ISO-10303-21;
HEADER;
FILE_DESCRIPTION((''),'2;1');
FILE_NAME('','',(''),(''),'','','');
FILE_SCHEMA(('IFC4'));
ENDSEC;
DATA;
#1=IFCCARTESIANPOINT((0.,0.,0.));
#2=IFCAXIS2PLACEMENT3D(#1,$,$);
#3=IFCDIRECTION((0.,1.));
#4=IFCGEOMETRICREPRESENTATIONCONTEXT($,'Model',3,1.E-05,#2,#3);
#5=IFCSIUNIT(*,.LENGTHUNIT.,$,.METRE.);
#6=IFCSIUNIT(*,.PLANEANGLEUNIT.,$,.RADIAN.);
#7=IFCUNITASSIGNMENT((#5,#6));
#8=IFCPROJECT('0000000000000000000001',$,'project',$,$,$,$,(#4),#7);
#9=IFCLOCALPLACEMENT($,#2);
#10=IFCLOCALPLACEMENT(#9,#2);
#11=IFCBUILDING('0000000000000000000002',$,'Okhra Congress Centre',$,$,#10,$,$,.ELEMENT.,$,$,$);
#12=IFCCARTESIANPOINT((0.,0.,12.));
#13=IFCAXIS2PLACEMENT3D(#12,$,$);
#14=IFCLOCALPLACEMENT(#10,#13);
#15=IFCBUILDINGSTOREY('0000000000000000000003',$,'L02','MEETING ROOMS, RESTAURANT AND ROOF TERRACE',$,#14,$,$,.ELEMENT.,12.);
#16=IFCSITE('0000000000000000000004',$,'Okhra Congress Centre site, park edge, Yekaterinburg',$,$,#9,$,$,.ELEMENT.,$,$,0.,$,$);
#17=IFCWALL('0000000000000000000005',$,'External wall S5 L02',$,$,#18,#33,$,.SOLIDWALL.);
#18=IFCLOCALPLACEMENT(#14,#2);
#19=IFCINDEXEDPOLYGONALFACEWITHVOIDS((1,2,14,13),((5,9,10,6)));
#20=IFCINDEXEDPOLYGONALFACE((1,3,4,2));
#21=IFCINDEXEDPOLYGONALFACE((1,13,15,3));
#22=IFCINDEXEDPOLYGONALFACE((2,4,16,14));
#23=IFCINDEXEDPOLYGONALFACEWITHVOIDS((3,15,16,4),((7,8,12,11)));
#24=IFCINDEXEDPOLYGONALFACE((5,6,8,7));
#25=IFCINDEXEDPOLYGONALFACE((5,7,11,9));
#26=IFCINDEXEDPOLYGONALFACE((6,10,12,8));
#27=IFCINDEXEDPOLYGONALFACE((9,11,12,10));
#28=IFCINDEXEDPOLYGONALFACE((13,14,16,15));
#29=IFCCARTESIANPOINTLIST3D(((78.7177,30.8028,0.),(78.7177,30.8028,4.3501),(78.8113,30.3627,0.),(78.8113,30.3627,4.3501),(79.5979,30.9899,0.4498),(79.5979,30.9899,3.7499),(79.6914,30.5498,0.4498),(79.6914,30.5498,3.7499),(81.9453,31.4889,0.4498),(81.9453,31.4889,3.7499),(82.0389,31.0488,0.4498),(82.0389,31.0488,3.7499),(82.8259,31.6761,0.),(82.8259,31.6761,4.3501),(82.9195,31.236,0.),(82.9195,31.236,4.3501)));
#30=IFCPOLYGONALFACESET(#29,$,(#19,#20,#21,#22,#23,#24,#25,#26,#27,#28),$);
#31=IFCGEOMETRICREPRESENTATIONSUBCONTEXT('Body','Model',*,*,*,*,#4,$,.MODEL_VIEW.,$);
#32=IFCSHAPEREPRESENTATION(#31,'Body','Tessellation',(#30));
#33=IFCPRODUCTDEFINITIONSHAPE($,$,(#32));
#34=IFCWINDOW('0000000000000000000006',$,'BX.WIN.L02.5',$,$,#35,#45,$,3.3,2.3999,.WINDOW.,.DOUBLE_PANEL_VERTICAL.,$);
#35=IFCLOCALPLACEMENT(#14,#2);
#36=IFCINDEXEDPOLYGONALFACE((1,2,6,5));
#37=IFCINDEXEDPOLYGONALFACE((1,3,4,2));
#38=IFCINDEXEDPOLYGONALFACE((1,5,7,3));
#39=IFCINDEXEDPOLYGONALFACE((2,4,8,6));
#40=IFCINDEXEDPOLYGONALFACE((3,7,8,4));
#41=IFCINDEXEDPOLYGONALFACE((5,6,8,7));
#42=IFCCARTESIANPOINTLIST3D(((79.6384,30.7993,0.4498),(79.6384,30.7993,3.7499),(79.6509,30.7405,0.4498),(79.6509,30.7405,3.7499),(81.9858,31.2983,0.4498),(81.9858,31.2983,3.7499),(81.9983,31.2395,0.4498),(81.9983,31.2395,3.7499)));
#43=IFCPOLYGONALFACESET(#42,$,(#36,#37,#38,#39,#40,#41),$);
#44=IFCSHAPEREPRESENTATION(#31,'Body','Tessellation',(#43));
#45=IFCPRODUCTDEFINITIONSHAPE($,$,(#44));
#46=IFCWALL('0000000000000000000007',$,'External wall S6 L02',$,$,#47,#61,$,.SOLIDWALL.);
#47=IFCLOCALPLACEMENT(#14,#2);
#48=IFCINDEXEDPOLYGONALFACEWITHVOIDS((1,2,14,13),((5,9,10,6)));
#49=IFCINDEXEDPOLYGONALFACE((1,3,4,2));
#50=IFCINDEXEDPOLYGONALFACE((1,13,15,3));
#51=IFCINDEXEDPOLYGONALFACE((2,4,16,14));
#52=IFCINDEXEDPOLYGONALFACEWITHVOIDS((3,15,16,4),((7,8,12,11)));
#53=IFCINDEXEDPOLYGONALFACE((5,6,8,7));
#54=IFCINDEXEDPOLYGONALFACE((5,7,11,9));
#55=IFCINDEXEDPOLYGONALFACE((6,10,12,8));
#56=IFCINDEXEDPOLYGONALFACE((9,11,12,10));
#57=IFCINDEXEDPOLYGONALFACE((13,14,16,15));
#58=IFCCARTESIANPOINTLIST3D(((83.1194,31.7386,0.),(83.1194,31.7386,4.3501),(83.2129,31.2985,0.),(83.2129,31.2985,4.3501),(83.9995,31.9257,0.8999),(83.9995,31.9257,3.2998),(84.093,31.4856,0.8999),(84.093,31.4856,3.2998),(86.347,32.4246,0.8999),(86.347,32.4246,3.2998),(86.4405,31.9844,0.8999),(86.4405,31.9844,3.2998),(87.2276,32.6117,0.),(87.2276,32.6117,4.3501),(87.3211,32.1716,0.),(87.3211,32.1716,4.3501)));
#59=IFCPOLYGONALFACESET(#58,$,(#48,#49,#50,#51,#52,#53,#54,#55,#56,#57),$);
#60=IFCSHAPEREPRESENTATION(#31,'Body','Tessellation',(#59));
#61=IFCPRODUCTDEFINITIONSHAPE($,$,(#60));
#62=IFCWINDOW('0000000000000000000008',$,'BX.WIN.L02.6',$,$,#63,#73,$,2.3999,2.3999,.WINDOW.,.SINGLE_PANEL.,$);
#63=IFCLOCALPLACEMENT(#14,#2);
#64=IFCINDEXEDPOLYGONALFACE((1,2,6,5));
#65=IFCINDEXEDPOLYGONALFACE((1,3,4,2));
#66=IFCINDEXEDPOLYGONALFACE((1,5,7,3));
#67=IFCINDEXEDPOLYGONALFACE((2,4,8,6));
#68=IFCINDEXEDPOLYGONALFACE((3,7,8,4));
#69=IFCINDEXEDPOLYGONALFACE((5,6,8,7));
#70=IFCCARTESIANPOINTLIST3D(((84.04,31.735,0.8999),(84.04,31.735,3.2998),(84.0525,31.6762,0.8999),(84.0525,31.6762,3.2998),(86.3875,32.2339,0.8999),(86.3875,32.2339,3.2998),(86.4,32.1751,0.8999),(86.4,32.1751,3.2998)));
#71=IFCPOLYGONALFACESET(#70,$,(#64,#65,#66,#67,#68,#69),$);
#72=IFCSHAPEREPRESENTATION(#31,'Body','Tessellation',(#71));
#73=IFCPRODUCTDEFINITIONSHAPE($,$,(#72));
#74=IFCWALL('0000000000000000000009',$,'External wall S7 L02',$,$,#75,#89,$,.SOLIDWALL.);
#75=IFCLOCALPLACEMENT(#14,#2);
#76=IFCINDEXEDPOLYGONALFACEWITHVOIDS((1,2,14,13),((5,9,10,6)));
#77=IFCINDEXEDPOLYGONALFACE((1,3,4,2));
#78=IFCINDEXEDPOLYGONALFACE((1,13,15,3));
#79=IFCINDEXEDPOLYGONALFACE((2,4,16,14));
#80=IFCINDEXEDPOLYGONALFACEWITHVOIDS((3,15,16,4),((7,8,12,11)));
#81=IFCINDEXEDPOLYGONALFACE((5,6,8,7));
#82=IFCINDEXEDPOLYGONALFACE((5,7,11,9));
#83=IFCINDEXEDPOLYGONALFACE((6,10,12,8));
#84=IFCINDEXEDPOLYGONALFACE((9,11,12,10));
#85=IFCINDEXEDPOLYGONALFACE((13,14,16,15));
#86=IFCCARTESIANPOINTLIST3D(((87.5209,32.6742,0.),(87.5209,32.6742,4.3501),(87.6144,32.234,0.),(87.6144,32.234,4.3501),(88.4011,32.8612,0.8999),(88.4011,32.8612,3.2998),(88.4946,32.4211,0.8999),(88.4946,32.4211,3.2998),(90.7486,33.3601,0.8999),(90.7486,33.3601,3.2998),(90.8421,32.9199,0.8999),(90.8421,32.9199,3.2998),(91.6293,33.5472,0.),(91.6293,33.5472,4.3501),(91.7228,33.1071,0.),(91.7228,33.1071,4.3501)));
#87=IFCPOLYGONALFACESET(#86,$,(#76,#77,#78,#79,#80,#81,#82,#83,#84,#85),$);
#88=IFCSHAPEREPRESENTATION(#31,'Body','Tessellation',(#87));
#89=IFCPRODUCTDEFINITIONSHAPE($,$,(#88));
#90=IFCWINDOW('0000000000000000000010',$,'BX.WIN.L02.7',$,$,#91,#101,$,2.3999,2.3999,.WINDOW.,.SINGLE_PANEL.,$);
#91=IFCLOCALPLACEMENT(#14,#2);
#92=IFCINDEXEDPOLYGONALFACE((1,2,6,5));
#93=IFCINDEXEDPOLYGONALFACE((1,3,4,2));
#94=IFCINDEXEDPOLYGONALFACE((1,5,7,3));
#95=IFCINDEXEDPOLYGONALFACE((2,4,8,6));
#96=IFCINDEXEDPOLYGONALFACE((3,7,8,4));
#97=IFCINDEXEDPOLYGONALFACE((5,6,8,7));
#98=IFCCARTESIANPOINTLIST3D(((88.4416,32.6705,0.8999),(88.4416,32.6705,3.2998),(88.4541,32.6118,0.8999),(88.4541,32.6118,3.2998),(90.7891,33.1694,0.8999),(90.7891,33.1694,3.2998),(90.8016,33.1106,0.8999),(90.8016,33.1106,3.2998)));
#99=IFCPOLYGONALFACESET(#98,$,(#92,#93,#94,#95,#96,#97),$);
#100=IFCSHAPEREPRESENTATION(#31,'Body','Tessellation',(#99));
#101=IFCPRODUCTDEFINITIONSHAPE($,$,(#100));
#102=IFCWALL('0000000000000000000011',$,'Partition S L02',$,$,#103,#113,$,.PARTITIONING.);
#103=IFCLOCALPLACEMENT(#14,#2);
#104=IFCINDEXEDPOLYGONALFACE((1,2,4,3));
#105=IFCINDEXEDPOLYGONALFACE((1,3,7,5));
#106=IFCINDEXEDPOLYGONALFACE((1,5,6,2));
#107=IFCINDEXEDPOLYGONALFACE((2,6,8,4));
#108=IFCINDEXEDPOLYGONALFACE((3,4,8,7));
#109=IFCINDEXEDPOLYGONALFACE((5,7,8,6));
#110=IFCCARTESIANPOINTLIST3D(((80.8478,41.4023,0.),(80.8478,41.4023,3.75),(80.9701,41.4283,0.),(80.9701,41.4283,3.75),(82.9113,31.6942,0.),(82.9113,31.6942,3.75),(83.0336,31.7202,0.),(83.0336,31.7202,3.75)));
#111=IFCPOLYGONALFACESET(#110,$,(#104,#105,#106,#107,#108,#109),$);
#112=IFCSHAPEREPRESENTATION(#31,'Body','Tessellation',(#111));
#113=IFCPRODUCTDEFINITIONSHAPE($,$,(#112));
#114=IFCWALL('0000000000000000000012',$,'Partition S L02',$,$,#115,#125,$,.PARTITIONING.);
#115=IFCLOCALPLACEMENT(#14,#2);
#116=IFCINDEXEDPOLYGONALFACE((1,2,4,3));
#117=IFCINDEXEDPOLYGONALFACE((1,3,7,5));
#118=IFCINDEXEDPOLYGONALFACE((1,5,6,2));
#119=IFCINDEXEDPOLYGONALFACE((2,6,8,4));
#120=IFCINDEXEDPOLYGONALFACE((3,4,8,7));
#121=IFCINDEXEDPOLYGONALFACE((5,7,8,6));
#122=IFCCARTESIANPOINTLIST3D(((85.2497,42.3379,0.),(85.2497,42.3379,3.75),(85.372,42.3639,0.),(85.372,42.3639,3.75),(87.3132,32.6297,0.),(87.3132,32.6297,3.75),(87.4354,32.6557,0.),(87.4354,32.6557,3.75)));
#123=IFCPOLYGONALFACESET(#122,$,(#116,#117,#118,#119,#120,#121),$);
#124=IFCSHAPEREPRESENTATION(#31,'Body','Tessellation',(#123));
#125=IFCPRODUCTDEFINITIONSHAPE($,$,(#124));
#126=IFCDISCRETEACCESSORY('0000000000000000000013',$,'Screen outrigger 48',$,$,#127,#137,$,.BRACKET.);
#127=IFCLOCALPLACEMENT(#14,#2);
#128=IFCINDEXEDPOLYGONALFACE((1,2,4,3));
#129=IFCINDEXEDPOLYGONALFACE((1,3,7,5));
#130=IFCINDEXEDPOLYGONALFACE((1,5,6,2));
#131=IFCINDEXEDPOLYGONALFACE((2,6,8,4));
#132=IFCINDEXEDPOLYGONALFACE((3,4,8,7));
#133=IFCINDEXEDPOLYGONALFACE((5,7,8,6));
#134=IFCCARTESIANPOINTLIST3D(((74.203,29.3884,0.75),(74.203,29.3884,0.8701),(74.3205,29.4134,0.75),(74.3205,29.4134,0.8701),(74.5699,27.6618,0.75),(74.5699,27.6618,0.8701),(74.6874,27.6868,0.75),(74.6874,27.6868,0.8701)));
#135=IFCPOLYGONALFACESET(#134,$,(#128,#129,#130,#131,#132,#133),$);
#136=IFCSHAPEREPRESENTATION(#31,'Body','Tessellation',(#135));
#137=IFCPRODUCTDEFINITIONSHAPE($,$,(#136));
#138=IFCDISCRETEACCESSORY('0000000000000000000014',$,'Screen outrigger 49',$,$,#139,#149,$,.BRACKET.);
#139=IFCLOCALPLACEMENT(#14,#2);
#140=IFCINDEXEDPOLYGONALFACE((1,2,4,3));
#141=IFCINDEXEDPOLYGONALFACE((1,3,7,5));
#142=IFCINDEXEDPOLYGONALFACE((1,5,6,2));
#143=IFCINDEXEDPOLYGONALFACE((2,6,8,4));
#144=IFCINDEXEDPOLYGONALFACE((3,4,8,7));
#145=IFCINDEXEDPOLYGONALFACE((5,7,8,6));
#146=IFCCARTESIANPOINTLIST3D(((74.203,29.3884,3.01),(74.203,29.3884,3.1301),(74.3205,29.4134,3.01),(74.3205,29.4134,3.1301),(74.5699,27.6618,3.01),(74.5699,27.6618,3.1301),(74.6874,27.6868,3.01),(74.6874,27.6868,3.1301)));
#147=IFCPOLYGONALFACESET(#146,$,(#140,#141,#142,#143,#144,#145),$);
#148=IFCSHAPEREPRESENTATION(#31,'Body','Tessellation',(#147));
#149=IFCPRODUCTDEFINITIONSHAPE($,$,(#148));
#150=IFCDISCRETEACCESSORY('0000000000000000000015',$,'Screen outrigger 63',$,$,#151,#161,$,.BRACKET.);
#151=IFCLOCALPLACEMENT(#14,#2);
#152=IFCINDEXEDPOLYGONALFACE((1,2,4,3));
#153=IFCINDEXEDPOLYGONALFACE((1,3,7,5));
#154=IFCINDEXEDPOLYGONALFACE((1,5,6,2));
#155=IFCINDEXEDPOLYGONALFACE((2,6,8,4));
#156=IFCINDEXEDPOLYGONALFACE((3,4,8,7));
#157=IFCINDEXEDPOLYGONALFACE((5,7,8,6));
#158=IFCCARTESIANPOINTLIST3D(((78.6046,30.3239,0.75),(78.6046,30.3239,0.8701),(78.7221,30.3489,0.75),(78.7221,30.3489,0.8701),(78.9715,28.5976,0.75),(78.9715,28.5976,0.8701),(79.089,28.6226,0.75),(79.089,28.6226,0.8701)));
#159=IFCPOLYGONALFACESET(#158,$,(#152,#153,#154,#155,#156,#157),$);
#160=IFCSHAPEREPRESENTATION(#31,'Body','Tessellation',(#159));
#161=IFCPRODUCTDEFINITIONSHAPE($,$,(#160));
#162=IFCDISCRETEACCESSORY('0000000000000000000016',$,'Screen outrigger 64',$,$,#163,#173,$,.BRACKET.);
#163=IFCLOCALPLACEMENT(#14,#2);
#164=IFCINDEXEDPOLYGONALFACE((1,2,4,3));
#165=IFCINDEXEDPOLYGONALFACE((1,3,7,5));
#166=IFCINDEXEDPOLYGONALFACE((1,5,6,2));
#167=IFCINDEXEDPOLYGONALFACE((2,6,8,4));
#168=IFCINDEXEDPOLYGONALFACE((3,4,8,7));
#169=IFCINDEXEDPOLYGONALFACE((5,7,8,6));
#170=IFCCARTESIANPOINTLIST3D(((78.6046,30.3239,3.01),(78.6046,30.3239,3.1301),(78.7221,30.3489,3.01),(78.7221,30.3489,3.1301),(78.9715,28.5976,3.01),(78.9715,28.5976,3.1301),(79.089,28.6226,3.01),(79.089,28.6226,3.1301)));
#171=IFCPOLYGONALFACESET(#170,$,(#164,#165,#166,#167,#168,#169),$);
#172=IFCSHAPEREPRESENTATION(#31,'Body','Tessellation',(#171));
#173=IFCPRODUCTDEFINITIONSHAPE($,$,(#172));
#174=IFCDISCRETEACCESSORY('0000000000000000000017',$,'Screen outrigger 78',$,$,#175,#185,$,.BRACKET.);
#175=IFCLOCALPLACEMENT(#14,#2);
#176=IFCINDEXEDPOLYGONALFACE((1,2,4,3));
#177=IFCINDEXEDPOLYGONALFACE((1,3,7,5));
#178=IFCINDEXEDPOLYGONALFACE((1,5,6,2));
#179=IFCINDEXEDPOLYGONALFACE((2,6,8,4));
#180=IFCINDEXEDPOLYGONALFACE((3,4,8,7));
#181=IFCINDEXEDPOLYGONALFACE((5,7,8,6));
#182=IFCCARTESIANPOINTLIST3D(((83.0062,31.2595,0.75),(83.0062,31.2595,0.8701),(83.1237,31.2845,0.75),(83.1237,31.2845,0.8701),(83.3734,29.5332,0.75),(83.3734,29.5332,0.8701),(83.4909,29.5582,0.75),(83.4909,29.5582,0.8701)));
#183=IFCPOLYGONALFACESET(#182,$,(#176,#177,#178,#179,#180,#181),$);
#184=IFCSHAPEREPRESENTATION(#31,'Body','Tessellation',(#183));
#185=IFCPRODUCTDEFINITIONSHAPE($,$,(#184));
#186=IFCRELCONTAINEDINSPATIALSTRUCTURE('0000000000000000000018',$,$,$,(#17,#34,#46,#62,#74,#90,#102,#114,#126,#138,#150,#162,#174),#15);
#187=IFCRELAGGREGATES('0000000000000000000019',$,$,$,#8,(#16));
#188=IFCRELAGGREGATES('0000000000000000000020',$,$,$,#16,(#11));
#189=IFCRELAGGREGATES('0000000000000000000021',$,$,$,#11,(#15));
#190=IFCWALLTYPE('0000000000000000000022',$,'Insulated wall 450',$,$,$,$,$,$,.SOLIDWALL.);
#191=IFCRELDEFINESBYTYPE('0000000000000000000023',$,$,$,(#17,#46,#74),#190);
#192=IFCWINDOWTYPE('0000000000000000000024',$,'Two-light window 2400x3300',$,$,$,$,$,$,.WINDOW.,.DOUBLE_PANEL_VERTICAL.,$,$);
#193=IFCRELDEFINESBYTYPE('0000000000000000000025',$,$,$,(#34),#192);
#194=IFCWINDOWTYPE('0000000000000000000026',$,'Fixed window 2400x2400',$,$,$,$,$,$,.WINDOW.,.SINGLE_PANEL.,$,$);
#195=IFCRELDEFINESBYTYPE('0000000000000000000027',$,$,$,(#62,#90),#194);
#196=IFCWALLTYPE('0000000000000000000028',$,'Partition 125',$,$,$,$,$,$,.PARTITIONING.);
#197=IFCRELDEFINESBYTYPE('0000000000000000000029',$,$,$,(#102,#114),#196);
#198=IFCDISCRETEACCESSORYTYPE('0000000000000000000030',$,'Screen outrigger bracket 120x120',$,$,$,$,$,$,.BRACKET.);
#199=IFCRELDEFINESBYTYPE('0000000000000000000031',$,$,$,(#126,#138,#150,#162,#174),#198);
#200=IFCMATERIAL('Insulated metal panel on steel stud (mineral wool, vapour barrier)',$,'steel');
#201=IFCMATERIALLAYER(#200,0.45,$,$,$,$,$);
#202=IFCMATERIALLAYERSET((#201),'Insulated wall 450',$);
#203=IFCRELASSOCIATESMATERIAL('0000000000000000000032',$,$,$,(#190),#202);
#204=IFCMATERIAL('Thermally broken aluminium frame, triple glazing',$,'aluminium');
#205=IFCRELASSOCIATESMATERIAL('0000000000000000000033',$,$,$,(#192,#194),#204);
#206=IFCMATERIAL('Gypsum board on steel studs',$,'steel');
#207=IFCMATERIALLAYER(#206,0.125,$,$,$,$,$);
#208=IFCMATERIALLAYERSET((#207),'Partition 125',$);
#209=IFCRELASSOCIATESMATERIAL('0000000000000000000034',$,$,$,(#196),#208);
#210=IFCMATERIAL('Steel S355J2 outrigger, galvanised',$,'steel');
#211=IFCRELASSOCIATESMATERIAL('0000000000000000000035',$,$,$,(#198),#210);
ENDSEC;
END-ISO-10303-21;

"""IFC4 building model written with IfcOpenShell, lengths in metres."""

from ifc_helpers import new_model, si_unit, direction, frame, frame_2d, origin, origin_2d, place, context, subcontext, project, spatial, rectangle, extrude, material, layer, layer_set, material_profile, profile_set, type_object, element, fill, save


model = new_model("IFC4")

# Units and contexts
model_context = context("Model", 3, precision=1e-05, world=origin(), true_north=direction((0.0, 1.0)))
body_context = subcontext(model_context, "Body", "Model", "MODEL_VIEW")
ifc_project = project(units=[si_unit("LENGTHUNIT", "METRE"), si_unit("PLANEANGLEUNIT", "RADIAN")], contexts=[model_context])

# Site, building, storey
site_placement = place(None, origin())
site = spatial("IfcSite", under=ifc_project, at=site_placement, Name="Okhra Congress Centre site, park edge, Yekaterinburg", CompositionType="ELEMENT", RefElevation=0.0)
building_placement = place(site_placement, origin())
building = spatial("IfcBuilding", under=site, at=building_placement, Name="Okhra Congress Centre", CompositionType="ELEMENT")
storey_placement = place(building_placement, frame((0.0, 0.0, 12.0)))
storey = spatial("IfcBuildingStorey", under=building, at=storey_placement, Name="L02", Description="MEETING ROOMS, RESTAURANT AND ROOF TERRACE", CompositionType="ELEMENT", Elevation=12.0)

# Walls, openings, windows
ifc_material_1 = material(Name="Insulated metal panel on steel stud (mineral wool, vapour barrier)", Category="steel")
ifc_layer_1 = layer(ifc_material_1, 0.45)
ifc_layer_set_1 = layer_set([ifc_layer_1], Name="Insulated wall 450")
wall_type_1 = type_object("IfcWallType", Name="Insulated wall 450", PredefinedType="SOLIDWALL", material=ifc_layer_set_1)
ifc_material_2 = material(Name="Thermally broken aluminium frame, triple glazing", Category="aluminium")
window_type_1 = type_object("IfcWindowType", Name="Two-light window 2400x3300", PartitioningType="DOUBLE_PANEL_VERTICAL", PredefinedType="WINDOW", material=ifc_material_2)
wall_1_placement = place(storey_placement, frame((78.7644, 30.5828, 0.0), z_axis=(0.0, 0.0, 1.0), x_axis=(0.978144, 0.207929, 0.0)))
wall_1 = element("IfcWall", 1, at=wall_1_placement, inside=storey, type_object=wall_type_1, Name="External wall S5 L02", PredefinedType="SOLIDWALL", context=body_context, shape_type="SweptSolid", body=[
    extrude(rectangle(XDim=4.2, YDim=0.45, at=frame_2d((2.1001, 0.0))), origin(), (0.0, 0.0, 1.0), 4.3501),
])
opening_1_placement = place(wall_1_placement, frame((0.8999, 0.0, 0.45)))
opening_1 = element("IfcOpeningElement", 2, at=opening_1_placement, cuts=wall_1, PredefinedType="OPENING", context=body_context, shape_type="SweptSolid", body=[
    extrude(rectangle(XDim=2.3999, YDim=3.3, at=frame_2d((1.2, 1.6499))), frame((0.0, 0.2349, 0.0), z_axis=(0.0, -1.0, 0.0), x_axis=(1.0, 0.0, 0.0)), (0.0, 0.0, 1.0), 0.47),
])
window_1_placement = place(opening_1_placement, origin())
window_1 = element("IfcWindow", 3, at=window_1_placement, inside=storey, type_object=window_type_1, Name="BX.WIN.L02.5", OverallHeight=3.3, OverallWidth=2.3999, PartitioningType="DOUBLE_PANEL_VERTICAL", PredefinedType="WINDOW", context=body_context, shape_type="SweptSolid", body=[
    extrude(rectangle(XDim=2.3999, YDim=3.3, at=frame_2d((1.2, 1.6499))), frame((0.0, 0.03, 0.0), z_axis=(0.0, -1.0, 0.0), x_axis=(1.0, 0.0, 0.0)), (0.0, 0.0, 1.0), 0.0601),
])
fill(opening_1, window_1)
wall_2_placement = place(storey_placement, frame((83.166, 31.5186, 0.0), z_axis=(0.0, 0.0, 1.0), x_axis=(0.978156, 0.207873, 0.0)))
wall_2 = element("IfcWall", 4, at=wall_2_placement, inside=storey, type_object=wall_type_1, Name="External wall S6 L02", PredefinedType="SOLIDWALL", context=body_context, shape_type="SweptSolid", body=[
    extrude(rectangle(XDim=4.2, YDim=0.45, at=frame_2d((2.1001, 0.0))), origin(), (0.0, 0.0, 1.0), 4.3501),
])
opening_2_placement = place(wall_2_placement, frame((0.8999, 0.0, 0.8999)))
opening_2 = element("IfcOpeningElement", 5, at=opening_2_placement, cuts=wall_2, PredefinedType="OPENING", context=body_context, shape_type="SweptSolid", body=[
    extrude(rectangle(XDim=2.3999, YDim=2.3999, at=frame_2d((1.2, 1.2))), frame((0.0, 0.2349, 0.0), z_axis=(0.0, -1.0, 0.0), x_axis=(1.0, 0.0, 0.0)), (0.0, 0.0, 1.0), 0.47),
])
window_type_2 = type_object("IfcWindowType", Name="Fixed window 2400x2400", PartitioningType="SINGLE_PANEL", PredefinedType="WINDOW", material=ifc_material_2)
window_2_placement = place(opening_2_placement, origin())
window_2 = element("IfcWindow", 6, at=window_2_placement, inside=storey, type_object=window_type_2, Name="BX.WIN.L02.6", OverallHeight=2.3999, OverallWidth=2.3999, PartitioningType="SINGLE_PANEL", PredefinedType="WINDOW", context=body_context, shape_type="SweptSolid", body=[
    extrude(rectangle(XDim=2.3999, YDim=2.3999, at=frame_2d((1.2, 1.2))), frame((0.0, 0.03, 0.0), z_axis=(0.0, -1.0, 0.0), x_axis=(1.0, 0.0, 0.0)), (0.0, 0.0, 1.0), 0.0601),
])
fill(opening_2, window_2)
wall_3_placement = place(storey_placement, frame((87.5676, 32.4541, 0.0), z_axis=(0.0, 0.0, 1.0), x_axis=(0.978158, 0.207862, 0.0)))
wall_3 = element("IfcWall", 7, at=wall_3_placement, inside=storey, type_object=wall_type_1, Name="External wall S7 L02", PredefinedType="SOLIDWALL", context=body_context, shape_type="SweptSolid", body=[
    extrude(rectangle(XDim=4.2002, YDim=0.45, at=frame_2d((2.1001, 0.0))), origin(), (0.0, 0.0, 1.0), 4.3501),
])
opening_3_placement = place(wall_3_placement, frame((0.8999, 0.0, 0.8999)))
opening_3 = element("IfcOpeningElement", 8, at=opening_3_placement, cuts=wall_3, PredefinedType="OPENING", context=body_context, shape_type="SweptSolid", body=[
    extrude(rectangle(XDim=2.3999, YDim=2.3999, at=frame_2d((1.2, 1.2))), frame((0.0, 0.2349, 0.0), z_axis=(0.0, -1.0, 0.0), x_axis=(1.0, 0.0, 0.0)), (0.0, 0.0, 1.0), 0.47),
])
window_3_placement = place(opening_3_placement, origin())
window_3 = element("IfcWindow", 9, at=window_3_placement, inside=storey, type_object=window_type_2, Name="BX.WIN.L02.7", OverallHeight=2.3999, OverallWidth=2.3999, PartitioningType="SINGLE_PANEL", PredefinedType="WINDOW", context=body_context, shape_type="SweptSolid", body=[
    extrude(rectangle(XDim=2.3999, YDim=2.3999, at=frame_2d((1.2, 1.2))), frame((0.0, 0.03, 0.0), z_axis=(0.0, -1.0, 0.0), x_axis=(1.0, 0.0, 0.0)), (0.0, 0.0, 1.0), 0.0601),
])
fill(opening_3, window_3)

# Walls
ifc_material_3 = material(Name="Gypsum board on steel studs", Category="steel")
ifc_layer_2 = layer(ifc_material_3, 0.125)
ifc_layer_set_2 = layer_set([ifc_layer_2], Name="Partition 125")
wall_type_2 = type_object("IfcWallType", Name="Partition 125", PredefinedType="PARTITIONING", material=ifc_layer_set_2)
for number, where, z_axis, x_axis, name in (
    (10, (82.9724, 31.7073, 0.0), (0.0, 0.0, 1.0), (-0.207904, 0.978149, 0.0), "Partition S L02"),
    (11, (87.3743, 32.6428, 0.0), (0.0, 0.0, 1.0), (-0.207904, 0.978149, 0.0), "Partition S L02"),
):
    element("IfcWall", number, at=place(storey_placement, frame(where, z_axis=z_axis, x_axis=x_axis)), inside=storey, type_object=wall_type_2, Name=name, PredefinedType="PARTITIONING", context=body_context, shape_type="SweptSolid", body=[
        extrude(rectangle(XDim=9.925, YDim=0.125, at=frame_2d((4.9624, 0.0))), origin(), (0.0, 0.0, 1.0), 3.75),
    ])

# Discrete accessories
ifc_material_4 = material(Name="Steel S355J2 outrigger, galvanised", Category="steel")
ifc_material_profile_1 = material_profile(ifc_material_4, rectangle(XDim=0.1201, YDim=0.1201, at=origin_2d()), Name="Screen outrigger bracket 120x120")
ifc_profile_set_1 = profile_set([ifc_material_profile_1], Name="Steel S355J2 outrigger, galvanised")
discrete_accessory_type = type_object("IfcDiscreteAccessoryType", Name="Screen outrigger bracket 120x120", PredefinedType="BRACKET", material=ifc_profile_set_1)
for number, where, z_axis, x_axis, name in (
    (12, (74.2617, 29.4009, 0.8101), (0.207885, -0.978153, 0.0), (0.978153, 0.207885, 0.0), "Screen outrigger 48"),
    (13, (74.2617, 29.4009, 3.0701), (0.207885, -0.978153, 0.0), (0.978153, 0.207885, 0.0), "Screen outrigger 49"),
):
    element("IfcDiscreteAccessory", number, at=place(storey_placement, frame(where, z_axis=z_axis, x_axis=x_axis)), inside=storey, type_object=discrete_accessory_type, Name=name, PredefinedType="BRACKET", context=body_context, shape_type="SweptSolid", body=[
        extrude(rectangle(XDim=0.1201, YDim=0.1201, at=origin_2d()), origin(), (0.0, 0.0, 1.0), 1.7651),
    ])
for number, where, z_axis, x_axis, name in (
    (14, (78.6633, 30.3364, 0.8101), (0.207913, -0.978147, 0.0), (0.978147, 0.207913, 0.0), "Screen outrigger 63"),
    (15, (78.6633, 30.3364, 3.0701), (0.207913, -0.978147, 0.0), (0.978147, 0.207913, 0.0), "Screen outrigger 64"),
    (16, (83.0649, 31.272, 0.8101), (0.208046, -0.978119, 0.0), (0.978119, 0.208046, 0.0), "Screen outrigger 78"),
):
    element("IfcDiscreteAccessory", number, at=place(storey_placement, frame(where, z_axis=z_axis, x_axis=x_axis)), inside=storey, type_object=discrete_accessory_type, Name=name, PredefinedType="BRACKET", context=body_context, shape_type="SweptSolid", body=[
        extrude(rectangle(XDim=0.1201, YDim=0.1201, at=origin_2d()), origin(), (0.0, 0.0, 1.0), 1.7649),
    ])

save(model, "model.ifc")
